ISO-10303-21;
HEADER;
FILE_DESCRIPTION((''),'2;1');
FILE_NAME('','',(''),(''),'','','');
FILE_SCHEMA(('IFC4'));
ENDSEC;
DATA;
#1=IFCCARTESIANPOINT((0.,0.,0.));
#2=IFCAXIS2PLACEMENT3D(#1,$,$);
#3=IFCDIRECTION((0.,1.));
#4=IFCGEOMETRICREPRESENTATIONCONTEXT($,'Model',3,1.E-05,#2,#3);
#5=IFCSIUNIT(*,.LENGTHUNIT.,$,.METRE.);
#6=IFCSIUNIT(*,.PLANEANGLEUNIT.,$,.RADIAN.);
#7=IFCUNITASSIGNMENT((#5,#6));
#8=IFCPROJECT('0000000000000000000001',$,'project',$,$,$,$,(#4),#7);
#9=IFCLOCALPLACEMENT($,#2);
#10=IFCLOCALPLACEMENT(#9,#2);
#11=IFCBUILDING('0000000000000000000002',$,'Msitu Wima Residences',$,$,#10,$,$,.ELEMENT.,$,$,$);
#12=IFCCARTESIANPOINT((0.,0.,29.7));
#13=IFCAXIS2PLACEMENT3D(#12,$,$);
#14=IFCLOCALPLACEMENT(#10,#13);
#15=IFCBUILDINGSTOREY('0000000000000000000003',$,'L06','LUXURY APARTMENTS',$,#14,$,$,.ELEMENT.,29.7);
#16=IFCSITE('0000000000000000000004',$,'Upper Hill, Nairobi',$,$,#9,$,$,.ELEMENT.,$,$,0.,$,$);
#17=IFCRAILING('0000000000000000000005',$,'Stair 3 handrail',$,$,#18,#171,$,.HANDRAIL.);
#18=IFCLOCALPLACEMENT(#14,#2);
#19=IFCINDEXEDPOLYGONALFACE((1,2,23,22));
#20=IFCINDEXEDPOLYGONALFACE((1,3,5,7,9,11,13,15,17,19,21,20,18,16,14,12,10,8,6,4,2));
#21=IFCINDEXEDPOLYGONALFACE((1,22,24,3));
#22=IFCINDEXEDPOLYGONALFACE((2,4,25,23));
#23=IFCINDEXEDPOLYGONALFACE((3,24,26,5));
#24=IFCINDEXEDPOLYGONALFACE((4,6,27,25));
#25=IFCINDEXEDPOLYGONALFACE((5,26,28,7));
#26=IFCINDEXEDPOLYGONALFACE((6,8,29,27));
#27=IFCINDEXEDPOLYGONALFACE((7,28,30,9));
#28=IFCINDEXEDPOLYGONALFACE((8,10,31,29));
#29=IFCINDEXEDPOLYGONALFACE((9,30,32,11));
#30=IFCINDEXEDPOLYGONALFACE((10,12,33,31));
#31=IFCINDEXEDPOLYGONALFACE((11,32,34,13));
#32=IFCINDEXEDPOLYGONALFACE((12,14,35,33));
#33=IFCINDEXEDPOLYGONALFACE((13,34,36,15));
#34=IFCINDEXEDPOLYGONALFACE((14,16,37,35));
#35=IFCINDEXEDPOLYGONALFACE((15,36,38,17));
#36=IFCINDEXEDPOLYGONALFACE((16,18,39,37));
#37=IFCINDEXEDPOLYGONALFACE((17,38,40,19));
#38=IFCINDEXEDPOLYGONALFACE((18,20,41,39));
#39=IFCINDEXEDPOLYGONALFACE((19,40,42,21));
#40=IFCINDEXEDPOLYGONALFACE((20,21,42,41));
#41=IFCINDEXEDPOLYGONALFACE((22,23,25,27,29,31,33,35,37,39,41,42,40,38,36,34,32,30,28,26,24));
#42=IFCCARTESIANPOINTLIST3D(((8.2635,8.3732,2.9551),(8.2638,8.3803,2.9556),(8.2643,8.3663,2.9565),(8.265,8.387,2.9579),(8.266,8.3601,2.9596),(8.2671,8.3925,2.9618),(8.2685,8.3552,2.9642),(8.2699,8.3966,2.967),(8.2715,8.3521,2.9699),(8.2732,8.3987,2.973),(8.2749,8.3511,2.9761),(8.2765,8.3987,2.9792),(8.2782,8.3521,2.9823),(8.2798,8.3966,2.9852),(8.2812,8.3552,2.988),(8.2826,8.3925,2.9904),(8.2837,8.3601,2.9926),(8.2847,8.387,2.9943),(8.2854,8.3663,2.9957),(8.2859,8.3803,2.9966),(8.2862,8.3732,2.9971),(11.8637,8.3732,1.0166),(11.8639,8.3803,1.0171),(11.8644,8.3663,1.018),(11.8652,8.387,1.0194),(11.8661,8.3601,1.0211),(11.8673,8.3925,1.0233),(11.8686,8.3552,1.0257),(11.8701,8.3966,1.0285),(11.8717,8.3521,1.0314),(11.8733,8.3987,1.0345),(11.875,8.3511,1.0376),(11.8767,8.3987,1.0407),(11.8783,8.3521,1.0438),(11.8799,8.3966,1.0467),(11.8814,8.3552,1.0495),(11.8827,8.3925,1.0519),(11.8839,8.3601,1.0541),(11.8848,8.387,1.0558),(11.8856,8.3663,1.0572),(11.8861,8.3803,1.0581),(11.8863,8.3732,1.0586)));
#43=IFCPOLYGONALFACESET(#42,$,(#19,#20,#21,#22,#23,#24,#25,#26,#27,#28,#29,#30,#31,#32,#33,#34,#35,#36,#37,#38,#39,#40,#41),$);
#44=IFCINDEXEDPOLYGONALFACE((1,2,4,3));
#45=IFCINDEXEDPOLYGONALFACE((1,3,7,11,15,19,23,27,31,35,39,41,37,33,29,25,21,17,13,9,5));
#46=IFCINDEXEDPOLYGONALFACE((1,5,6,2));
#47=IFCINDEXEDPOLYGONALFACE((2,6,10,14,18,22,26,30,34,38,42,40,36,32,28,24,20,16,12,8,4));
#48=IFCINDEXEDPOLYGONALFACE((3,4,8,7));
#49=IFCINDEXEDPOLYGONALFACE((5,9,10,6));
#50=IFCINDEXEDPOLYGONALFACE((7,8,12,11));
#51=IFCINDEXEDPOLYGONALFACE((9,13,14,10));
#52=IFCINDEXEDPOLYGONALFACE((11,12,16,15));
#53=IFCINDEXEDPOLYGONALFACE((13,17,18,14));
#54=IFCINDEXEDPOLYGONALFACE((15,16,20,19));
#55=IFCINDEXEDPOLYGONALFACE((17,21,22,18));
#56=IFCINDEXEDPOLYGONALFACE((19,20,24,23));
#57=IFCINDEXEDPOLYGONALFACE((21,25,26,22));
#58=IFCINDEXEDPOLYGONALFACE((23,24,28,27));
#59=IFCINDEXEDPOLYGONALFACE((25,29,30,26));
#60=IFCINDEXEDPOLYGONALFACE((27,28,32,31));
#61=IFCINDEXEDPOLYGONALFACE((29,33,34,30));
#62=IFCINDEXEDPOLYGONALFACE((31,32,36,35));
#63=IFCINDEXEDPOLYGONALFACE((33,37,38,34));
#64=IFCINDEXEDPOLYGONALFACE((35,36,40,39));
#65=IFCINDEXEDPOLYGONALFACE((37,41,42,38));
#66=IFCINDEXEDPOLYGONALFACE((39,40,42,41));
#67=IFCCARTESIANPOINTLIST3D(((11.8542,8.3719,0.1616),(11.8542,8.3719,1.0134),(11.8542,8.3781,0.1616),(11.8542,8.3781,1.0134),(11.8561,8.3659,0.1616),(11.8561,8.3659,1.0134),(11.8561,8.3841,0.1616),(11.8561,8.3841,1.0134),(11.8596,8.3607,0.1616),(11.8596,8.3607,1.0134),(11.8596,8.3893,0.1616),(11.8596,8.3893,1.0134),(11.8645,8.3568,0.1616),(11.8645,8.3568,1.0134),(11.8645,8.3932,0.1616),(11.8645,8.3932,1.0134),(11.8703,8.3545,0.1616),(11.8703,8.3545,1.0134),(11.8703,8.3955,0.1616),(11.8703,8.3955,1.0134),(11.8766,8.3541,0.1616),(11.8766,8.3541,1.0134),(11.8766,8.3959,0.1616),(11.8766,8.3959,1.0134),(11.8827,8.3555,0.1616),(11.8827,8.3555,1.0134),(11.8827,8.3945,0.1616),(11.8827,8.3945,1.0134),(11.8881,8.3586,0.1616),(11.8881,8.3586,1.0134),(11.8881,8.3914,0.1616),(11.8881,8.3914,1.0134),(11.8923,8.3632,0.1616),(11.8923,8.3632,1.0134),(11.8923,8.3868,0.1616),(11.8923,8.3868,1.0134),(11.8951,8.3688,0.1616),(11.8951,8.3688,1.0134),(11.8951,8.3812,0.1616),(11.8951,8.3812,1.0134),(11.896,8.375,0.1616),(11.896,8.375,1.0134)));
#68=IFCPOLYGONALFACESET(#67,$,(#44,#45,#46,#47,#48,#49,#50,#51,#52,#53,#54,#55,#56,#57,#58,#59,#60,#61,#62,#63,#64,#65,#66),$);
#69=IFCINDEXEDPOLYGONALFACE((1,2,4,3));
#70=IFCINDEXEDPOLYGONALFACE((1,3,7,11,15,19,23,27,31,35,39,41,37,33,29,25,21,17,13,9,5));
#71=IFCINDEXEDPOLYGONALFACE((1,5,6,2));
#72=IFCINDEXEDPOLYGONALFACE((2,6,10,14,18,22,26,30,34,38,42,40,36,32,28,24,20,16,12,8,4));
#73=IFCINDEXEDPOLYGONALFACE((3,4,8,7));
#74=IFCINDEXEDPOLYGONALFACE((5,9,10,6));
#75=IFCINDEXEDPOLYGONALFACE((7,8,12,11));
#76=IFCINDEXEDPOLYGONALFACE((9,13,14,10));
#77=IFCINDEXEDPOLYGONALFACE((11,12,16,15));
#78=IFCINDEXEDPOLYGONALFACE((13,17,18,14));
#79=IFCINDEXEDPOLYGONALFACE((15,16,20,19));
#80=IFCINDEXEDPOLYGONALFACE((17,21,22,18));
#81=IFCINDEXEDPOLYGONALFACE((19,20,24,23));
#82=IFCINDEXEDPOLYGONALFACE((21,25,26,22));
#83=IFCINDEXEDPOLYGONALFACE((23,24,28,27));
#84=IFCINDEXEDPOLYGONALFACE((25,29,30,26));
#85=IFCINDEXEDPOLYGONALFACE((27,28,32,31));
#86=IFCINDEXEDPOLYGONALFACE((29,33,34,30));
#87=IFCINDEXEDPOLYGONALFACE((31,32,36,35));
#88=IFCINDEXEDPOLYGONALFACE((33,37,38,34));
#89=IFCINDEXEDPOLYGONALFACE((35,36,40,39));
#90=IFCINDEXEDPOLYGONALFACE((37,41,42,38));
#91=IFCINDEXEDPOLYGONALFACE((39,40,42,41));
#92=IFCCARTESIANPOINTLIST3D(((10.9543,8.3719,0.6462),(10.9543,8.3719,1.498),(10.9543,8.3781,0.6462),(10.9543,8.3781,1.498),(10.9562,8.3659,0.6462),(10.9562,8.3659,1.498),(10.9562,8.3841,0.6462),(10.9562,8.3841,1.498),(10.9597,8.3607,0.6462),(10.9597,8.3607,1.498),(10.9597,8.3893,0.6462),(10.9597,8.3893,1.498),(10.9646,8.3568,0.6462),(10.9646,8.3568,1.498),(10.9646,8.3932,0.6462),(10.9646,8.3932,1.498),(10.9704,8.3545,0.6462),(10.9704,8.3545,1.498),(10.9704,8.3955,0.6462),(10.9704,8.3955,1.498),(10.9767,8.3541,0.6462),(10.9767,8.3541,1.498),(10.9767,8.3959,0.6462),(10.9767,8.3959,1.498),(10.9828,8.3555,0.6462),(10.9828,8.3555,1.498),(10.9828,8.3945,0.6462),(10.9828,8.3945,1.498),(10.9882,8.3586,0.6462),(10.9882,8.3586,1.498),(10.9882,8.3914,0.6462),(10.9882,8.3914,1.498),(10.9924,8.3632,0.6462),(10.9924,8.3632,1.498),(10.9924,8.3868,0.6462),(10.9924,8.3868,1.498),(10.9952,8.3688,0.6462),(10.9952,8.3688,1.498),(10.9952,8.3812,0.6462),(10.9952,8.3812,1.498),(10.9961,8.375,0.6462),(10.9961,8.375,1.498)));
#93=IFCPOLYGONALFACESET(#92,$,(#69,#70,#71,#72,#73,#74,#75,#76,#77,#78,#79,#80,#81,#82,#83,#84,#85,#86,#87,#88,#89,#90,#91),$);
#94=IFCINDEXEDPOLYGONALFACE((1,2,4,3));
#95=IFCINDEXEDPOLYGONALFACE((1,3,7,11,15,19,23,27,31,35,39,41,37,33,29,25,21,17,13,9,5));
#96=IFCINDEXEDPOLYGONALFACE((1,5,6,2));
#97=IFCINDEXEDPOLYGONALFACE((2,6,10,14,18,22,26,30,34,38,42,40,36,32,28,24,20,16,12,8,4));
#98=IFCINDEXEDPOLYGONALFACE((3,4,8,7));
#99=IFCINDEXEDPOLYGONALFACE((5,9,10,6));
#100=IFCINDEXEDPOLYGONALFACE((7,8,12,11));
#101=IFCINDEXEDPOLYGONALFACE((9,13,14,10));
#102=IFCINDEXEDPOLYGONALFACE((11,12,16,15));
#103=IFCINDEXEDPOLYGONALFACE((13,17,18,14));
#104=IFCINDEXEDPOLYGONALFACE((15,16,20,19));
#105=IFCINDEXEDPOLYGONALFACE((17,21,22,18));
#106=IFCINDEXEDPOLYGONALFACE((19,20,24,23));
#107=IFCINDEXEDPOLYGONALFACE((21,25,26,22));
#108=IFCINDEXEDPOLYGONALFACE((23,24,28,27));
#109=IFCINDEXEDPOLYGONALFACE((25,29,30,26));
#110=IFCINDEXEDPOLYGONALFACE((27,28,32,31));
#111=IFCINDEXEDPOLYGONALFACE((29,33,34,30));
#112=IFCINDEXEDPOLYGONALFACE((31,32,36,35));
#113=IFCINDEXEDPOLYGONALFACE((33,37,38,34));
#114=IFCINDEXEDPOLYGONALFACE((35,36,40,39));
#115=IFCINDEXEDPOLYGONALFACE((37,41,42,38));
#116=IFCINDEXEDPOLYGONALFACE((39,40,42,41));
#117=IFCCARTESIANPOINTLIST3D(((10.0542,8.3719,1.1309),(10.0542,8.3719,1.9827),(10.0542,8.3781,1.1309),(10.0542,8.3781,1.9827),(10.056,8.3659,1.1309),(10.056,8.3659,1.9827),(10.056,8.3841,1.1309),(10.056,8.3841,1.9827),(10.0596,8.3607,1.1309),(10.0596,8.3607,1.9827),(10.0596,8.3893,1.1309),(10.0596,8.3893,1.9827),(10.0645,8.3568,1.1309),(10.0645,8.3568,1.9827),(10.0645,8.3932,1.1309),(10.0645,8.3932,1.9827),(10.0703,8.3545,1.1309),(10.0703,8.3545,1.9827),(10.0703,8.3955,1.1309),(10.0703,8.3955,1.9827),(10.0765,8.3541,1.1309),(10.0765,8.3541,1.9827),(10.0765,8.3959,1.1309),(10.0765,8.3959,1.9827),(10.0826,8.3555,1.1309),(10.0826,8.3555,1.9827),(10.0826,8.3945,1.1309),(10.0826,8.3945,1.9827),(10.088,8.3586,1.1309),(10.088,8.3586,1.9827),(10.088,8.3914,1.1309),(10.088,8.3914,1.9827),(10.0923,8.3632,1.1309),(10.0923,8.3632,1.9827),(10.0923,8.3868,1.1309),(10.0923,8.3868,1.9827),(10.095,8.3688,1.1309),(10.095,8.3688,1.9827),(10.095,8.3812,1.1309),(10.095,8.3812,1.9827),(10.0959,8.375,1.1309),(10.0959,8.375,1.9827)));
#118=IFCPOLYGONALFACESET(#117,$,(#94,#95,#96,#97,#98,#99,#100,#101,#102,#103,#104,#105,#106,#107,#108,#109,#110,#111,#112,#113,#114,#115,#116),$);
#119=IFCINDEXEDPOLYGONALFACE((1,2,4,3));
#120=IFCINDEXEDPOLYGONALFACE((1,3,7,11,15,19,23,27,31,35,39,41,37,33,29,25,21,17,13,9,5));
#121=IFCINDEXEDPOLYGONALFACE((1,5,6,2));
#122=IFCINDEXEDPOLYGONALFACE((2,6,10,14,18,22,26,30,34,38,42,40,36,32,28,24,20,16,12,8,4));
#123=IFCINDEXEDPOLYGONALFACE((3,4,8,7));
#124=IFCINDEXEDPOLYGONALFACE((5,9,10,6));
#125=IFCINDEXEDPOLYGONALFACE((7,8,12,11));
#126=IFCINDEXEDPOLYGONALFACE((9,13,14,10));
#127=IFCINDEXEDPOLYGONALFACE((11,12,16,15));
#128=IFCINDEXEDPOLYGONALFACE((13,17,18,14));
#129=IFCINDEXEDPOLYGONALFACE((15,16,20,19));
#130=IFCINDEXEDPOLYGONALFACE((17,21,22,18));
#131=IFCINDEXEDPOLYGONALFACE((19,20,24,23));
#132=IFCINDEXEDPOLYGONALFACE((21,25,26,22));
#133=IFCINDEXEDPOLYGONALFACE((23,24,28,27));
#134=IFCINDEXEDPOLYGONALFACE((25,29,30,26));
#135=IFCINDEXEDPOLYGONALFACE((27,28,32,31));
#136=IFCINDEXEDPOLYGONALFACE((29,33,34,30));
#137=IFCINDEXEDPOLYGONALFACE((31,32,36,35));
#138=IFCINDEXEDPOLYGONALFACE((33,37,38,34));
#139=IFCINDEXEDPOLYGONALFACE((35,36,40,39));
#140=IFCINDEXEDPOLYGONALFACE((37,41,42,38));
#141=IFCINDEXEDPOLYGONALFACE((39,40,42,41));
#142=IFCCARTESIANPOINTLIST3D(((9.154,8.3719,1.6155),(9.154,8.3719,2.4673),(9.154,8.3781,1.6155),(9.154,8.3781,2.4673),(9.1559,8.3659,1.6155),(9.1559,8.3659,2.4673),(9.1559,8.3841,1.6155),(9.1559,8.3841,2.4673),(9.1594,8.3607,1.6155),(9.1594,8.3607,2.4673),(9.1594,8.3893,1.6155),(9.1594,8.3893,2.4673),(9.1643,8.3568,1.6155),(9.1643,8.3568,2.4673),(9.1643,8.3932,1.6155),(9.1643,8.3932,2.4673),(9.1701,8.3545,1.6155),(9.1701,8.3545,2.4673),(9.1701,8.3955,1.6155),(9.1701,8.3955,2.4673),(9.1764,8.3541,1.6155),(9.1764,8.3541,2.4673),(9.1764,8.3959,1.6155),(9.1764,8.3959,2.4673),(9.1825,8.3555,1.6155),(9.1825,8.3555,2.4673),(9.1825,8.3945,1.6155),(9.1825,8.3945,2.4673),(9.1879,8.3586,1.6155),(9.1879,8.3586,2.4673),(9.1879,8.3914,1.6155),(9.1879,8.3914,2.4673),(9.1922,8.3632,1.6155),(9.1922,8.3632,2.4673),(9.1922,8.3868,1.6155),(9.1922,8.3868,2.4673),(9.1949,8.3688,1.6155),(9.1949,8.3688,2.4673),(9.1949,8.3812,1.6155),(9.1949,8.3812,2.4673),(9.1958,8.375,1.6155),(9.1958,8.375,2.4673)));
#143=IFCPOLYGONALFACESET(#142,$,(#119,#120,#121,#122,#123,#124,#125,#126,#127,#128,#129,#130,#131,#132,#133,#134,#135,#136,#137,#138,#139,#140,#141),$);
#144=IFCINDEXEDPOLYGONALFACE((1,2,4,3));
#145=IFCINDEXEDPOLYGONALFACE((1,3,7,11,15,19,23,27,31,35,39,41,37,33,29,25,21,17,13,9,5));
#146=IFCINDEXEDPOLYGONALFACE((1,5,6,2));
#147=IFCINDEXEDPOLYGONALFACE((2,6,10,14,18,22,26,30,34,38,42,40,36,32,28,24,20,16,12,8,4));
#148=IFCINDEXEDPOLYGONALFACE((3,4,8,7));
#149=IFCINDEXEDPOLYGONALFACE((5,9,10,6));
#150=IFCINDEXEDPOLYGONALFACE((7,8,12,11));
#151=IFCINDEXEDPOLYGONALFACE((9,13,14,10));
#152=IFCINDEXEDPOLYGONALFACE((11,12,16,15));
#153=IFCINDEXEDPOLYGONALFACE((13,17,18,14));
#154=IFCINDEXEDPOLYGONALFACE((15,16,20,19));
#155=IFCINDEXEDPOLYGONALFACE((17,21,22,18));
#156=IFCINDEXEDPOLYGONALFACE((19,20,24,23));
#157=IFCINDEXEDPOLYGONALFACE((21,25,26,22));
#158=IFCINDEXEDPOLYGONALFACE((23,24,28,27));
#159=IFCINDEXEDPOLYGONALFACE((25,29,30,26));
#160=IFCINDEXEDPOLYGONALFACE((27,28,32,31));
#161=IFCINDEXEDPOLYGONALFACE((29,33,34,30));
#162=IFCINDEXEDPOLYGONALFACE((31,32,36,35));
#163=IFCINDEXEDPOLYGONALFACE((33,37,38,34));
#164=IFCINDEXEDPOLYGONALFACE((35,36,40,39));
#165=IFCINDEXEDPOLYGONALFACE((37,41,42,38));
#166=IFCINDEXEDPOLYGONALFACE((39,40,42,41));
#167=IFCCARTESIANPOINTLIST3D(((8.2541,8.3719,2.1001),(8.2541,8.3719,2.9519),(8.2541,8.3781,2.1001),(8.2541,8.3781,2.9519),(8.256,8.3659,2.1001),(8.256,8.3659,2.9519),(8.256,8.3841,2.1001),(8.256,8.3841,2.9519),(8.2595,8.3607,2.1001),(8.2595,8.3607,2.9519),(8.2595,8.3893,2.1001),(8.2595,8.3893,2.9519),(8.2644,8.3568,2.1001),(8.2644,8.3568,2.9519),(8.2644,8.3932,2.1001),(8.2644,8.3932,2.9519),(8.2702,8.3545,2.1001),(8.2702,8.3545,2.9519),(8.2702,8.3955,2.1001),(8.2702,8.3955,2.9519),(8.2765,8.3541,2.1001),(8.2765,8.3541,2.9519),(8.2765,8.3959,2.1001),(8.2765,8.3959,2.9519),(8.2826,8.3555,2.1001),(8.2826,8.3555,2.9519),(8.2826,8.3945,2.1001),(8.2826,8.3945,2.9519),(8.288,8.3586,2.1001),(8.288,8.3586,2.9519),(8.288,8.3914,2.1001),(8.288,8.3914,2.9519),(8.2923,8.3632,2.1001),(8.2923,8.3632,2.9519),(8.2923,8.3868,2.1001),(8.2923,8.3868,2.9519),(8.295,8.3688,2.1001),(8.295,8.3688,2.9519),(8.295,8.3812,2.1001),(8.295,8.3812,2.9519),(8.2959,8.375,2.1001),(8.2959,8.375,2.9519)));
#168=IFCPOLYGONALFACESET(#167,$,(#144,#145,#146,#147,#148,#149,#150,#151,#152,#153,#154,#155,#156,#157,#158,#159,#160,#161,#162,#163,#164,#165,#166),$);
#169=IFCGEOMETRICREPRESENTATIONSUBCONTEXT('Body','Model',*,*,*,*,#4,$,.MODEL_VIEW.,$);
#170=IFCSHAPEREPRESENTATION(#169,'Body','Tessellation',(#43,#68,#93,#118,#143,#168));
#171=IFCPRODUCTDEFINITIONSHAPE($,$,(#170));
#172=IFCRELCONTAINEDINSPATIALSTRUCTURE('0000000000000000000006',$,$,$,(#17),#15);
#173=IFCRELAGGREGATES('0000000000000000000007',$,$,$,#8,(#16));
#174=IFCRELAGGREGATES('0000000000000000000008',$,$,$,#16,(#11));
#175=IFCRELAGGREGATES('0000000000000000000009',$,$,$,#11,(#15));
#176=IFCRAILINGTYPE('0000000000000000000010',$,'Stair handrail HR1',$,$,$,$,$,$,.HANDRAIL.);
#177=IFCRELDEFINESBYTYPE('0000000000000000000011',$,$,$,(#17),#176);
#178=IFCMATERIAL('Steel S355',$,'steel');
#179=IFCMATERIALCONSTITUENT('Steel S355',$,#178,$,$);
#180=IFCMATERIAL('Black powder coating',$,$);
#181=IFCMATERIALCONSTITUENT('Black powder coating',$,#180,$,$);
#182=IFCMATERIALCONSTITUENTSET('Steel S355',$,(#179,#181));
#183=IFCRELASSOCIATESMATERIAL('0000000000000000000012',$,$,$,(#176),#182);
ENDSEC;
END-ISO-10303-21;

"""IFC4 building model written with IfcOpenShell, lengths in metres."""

from ifc_helpers import new_model, si_unit, direction, frame, origin, origin_2d, place, context, subcontext, project, spatial, circle, extrude, material, constituent, constituent_set, type_object, element, save


model = new_model("IFC4")

# Units and contexts
model_context = context("Model", 3, precision=1e-05, world=origin(), true_north=direction((0.0, 1.0)))
body_context = subcontext(model_context, "Body", "Model", "MODEL_VIEW")
ifc_project = project(units=[si_unit("LENGTHUNIT", "METRE"), si_unit("PLANEANGLEUNIT", "RADIAN")], contexts=[model_context])

# Site, building, storey
site_placement = place(None, origin())
site = spatial("IfcSite", under=ifc_project, at=site_placement, Name="Upper Hill, Nairobi", CompositionType="ELEMENT", RefElevation=0.0)
building_placement = place(site_placement, origin())
building = spatial("IfcBuilding", under=site, at=building_placement, Name="Msitu Wima Residences", CompositionType="ELEMENT")
storey_placement = place(building_placement, frame((0.0, 0.0, 29.7)))
storey = spatial("IfcBuildingStorey", under=building, at=storey_placement, Name="L06", Description="LUXURY APARTMENTS", CompositionType="ELEMENT", Elevation=29.7)

# Railing
ifc_material_1 = material(Name="Steel S355", Category="steel")
ifc_constituent_1 = constituent(ifc_material_1, Name="Steel S355")
ifc_material_2 = material(Name="Black powder coating")
ifc_constituent_2 = constituent(ifc_material_2, Name="Black powder coating")
ifc_constituent_set = constituent_set(constituents=[ifc_constituent_1, ifc_constituent_2], Name="Steel S355")
railing_type = type_object("IfcRailingType", Name="Stair handrail HR1", PredefinedType="HANDRAIL", material=ifc_constituent_set)
for number, where, name in (
    (1, (11.875, 8.375, 0.1616), "Stair 3 handrail"),
):
    element("IfcRailing", number, at=place(storey_placement, frame(where)), inside=storey, type_object=railing_type, Name=name, PredefinedType="HANDRAIL", context=body_context, shape_type="SweptSolid", body=[
        extrude(circle(Radius=0.0239, at=origin_2d()), frame((0.0, 0.0, 0.876), z_axis=(-0.880475, 0.0, 0.474093), x_axis=(0.0, -1.0, 0.0)), (0.0, 0.0, 1.0), 4.0889),
        extrude(circle(Radius=0.021, at=origin_2d()), origin(), (0.0, 0.0, 1.0), 0.8518),
        extrude(circle(Radius=0.021, at=origin_2d()), frame((-0.8999, 0.0, 0.4846)), (0.0, 0.0, 1.0), 0.8518),
        extrude(circle(Radius=0.021, at=origin_2d()), frame((-1.8, 0.0, 0.9692)), (0.0, 0.0, 1.0), 0.8518),
        extrude(circle(Radius=0.021, at=origin_2d()), frame((-2.7002, 0.0, 1.4539)), (0.0, 0.0, 1.0), 0.8518),
        extrude(circle(Radius=0.021, at=origin_2d()), frame((-3.6001, 0.0, 1.9385)), (0.0, 0.0, 1.0), 0.8518),
    ])

save(model, "model.ifc")
